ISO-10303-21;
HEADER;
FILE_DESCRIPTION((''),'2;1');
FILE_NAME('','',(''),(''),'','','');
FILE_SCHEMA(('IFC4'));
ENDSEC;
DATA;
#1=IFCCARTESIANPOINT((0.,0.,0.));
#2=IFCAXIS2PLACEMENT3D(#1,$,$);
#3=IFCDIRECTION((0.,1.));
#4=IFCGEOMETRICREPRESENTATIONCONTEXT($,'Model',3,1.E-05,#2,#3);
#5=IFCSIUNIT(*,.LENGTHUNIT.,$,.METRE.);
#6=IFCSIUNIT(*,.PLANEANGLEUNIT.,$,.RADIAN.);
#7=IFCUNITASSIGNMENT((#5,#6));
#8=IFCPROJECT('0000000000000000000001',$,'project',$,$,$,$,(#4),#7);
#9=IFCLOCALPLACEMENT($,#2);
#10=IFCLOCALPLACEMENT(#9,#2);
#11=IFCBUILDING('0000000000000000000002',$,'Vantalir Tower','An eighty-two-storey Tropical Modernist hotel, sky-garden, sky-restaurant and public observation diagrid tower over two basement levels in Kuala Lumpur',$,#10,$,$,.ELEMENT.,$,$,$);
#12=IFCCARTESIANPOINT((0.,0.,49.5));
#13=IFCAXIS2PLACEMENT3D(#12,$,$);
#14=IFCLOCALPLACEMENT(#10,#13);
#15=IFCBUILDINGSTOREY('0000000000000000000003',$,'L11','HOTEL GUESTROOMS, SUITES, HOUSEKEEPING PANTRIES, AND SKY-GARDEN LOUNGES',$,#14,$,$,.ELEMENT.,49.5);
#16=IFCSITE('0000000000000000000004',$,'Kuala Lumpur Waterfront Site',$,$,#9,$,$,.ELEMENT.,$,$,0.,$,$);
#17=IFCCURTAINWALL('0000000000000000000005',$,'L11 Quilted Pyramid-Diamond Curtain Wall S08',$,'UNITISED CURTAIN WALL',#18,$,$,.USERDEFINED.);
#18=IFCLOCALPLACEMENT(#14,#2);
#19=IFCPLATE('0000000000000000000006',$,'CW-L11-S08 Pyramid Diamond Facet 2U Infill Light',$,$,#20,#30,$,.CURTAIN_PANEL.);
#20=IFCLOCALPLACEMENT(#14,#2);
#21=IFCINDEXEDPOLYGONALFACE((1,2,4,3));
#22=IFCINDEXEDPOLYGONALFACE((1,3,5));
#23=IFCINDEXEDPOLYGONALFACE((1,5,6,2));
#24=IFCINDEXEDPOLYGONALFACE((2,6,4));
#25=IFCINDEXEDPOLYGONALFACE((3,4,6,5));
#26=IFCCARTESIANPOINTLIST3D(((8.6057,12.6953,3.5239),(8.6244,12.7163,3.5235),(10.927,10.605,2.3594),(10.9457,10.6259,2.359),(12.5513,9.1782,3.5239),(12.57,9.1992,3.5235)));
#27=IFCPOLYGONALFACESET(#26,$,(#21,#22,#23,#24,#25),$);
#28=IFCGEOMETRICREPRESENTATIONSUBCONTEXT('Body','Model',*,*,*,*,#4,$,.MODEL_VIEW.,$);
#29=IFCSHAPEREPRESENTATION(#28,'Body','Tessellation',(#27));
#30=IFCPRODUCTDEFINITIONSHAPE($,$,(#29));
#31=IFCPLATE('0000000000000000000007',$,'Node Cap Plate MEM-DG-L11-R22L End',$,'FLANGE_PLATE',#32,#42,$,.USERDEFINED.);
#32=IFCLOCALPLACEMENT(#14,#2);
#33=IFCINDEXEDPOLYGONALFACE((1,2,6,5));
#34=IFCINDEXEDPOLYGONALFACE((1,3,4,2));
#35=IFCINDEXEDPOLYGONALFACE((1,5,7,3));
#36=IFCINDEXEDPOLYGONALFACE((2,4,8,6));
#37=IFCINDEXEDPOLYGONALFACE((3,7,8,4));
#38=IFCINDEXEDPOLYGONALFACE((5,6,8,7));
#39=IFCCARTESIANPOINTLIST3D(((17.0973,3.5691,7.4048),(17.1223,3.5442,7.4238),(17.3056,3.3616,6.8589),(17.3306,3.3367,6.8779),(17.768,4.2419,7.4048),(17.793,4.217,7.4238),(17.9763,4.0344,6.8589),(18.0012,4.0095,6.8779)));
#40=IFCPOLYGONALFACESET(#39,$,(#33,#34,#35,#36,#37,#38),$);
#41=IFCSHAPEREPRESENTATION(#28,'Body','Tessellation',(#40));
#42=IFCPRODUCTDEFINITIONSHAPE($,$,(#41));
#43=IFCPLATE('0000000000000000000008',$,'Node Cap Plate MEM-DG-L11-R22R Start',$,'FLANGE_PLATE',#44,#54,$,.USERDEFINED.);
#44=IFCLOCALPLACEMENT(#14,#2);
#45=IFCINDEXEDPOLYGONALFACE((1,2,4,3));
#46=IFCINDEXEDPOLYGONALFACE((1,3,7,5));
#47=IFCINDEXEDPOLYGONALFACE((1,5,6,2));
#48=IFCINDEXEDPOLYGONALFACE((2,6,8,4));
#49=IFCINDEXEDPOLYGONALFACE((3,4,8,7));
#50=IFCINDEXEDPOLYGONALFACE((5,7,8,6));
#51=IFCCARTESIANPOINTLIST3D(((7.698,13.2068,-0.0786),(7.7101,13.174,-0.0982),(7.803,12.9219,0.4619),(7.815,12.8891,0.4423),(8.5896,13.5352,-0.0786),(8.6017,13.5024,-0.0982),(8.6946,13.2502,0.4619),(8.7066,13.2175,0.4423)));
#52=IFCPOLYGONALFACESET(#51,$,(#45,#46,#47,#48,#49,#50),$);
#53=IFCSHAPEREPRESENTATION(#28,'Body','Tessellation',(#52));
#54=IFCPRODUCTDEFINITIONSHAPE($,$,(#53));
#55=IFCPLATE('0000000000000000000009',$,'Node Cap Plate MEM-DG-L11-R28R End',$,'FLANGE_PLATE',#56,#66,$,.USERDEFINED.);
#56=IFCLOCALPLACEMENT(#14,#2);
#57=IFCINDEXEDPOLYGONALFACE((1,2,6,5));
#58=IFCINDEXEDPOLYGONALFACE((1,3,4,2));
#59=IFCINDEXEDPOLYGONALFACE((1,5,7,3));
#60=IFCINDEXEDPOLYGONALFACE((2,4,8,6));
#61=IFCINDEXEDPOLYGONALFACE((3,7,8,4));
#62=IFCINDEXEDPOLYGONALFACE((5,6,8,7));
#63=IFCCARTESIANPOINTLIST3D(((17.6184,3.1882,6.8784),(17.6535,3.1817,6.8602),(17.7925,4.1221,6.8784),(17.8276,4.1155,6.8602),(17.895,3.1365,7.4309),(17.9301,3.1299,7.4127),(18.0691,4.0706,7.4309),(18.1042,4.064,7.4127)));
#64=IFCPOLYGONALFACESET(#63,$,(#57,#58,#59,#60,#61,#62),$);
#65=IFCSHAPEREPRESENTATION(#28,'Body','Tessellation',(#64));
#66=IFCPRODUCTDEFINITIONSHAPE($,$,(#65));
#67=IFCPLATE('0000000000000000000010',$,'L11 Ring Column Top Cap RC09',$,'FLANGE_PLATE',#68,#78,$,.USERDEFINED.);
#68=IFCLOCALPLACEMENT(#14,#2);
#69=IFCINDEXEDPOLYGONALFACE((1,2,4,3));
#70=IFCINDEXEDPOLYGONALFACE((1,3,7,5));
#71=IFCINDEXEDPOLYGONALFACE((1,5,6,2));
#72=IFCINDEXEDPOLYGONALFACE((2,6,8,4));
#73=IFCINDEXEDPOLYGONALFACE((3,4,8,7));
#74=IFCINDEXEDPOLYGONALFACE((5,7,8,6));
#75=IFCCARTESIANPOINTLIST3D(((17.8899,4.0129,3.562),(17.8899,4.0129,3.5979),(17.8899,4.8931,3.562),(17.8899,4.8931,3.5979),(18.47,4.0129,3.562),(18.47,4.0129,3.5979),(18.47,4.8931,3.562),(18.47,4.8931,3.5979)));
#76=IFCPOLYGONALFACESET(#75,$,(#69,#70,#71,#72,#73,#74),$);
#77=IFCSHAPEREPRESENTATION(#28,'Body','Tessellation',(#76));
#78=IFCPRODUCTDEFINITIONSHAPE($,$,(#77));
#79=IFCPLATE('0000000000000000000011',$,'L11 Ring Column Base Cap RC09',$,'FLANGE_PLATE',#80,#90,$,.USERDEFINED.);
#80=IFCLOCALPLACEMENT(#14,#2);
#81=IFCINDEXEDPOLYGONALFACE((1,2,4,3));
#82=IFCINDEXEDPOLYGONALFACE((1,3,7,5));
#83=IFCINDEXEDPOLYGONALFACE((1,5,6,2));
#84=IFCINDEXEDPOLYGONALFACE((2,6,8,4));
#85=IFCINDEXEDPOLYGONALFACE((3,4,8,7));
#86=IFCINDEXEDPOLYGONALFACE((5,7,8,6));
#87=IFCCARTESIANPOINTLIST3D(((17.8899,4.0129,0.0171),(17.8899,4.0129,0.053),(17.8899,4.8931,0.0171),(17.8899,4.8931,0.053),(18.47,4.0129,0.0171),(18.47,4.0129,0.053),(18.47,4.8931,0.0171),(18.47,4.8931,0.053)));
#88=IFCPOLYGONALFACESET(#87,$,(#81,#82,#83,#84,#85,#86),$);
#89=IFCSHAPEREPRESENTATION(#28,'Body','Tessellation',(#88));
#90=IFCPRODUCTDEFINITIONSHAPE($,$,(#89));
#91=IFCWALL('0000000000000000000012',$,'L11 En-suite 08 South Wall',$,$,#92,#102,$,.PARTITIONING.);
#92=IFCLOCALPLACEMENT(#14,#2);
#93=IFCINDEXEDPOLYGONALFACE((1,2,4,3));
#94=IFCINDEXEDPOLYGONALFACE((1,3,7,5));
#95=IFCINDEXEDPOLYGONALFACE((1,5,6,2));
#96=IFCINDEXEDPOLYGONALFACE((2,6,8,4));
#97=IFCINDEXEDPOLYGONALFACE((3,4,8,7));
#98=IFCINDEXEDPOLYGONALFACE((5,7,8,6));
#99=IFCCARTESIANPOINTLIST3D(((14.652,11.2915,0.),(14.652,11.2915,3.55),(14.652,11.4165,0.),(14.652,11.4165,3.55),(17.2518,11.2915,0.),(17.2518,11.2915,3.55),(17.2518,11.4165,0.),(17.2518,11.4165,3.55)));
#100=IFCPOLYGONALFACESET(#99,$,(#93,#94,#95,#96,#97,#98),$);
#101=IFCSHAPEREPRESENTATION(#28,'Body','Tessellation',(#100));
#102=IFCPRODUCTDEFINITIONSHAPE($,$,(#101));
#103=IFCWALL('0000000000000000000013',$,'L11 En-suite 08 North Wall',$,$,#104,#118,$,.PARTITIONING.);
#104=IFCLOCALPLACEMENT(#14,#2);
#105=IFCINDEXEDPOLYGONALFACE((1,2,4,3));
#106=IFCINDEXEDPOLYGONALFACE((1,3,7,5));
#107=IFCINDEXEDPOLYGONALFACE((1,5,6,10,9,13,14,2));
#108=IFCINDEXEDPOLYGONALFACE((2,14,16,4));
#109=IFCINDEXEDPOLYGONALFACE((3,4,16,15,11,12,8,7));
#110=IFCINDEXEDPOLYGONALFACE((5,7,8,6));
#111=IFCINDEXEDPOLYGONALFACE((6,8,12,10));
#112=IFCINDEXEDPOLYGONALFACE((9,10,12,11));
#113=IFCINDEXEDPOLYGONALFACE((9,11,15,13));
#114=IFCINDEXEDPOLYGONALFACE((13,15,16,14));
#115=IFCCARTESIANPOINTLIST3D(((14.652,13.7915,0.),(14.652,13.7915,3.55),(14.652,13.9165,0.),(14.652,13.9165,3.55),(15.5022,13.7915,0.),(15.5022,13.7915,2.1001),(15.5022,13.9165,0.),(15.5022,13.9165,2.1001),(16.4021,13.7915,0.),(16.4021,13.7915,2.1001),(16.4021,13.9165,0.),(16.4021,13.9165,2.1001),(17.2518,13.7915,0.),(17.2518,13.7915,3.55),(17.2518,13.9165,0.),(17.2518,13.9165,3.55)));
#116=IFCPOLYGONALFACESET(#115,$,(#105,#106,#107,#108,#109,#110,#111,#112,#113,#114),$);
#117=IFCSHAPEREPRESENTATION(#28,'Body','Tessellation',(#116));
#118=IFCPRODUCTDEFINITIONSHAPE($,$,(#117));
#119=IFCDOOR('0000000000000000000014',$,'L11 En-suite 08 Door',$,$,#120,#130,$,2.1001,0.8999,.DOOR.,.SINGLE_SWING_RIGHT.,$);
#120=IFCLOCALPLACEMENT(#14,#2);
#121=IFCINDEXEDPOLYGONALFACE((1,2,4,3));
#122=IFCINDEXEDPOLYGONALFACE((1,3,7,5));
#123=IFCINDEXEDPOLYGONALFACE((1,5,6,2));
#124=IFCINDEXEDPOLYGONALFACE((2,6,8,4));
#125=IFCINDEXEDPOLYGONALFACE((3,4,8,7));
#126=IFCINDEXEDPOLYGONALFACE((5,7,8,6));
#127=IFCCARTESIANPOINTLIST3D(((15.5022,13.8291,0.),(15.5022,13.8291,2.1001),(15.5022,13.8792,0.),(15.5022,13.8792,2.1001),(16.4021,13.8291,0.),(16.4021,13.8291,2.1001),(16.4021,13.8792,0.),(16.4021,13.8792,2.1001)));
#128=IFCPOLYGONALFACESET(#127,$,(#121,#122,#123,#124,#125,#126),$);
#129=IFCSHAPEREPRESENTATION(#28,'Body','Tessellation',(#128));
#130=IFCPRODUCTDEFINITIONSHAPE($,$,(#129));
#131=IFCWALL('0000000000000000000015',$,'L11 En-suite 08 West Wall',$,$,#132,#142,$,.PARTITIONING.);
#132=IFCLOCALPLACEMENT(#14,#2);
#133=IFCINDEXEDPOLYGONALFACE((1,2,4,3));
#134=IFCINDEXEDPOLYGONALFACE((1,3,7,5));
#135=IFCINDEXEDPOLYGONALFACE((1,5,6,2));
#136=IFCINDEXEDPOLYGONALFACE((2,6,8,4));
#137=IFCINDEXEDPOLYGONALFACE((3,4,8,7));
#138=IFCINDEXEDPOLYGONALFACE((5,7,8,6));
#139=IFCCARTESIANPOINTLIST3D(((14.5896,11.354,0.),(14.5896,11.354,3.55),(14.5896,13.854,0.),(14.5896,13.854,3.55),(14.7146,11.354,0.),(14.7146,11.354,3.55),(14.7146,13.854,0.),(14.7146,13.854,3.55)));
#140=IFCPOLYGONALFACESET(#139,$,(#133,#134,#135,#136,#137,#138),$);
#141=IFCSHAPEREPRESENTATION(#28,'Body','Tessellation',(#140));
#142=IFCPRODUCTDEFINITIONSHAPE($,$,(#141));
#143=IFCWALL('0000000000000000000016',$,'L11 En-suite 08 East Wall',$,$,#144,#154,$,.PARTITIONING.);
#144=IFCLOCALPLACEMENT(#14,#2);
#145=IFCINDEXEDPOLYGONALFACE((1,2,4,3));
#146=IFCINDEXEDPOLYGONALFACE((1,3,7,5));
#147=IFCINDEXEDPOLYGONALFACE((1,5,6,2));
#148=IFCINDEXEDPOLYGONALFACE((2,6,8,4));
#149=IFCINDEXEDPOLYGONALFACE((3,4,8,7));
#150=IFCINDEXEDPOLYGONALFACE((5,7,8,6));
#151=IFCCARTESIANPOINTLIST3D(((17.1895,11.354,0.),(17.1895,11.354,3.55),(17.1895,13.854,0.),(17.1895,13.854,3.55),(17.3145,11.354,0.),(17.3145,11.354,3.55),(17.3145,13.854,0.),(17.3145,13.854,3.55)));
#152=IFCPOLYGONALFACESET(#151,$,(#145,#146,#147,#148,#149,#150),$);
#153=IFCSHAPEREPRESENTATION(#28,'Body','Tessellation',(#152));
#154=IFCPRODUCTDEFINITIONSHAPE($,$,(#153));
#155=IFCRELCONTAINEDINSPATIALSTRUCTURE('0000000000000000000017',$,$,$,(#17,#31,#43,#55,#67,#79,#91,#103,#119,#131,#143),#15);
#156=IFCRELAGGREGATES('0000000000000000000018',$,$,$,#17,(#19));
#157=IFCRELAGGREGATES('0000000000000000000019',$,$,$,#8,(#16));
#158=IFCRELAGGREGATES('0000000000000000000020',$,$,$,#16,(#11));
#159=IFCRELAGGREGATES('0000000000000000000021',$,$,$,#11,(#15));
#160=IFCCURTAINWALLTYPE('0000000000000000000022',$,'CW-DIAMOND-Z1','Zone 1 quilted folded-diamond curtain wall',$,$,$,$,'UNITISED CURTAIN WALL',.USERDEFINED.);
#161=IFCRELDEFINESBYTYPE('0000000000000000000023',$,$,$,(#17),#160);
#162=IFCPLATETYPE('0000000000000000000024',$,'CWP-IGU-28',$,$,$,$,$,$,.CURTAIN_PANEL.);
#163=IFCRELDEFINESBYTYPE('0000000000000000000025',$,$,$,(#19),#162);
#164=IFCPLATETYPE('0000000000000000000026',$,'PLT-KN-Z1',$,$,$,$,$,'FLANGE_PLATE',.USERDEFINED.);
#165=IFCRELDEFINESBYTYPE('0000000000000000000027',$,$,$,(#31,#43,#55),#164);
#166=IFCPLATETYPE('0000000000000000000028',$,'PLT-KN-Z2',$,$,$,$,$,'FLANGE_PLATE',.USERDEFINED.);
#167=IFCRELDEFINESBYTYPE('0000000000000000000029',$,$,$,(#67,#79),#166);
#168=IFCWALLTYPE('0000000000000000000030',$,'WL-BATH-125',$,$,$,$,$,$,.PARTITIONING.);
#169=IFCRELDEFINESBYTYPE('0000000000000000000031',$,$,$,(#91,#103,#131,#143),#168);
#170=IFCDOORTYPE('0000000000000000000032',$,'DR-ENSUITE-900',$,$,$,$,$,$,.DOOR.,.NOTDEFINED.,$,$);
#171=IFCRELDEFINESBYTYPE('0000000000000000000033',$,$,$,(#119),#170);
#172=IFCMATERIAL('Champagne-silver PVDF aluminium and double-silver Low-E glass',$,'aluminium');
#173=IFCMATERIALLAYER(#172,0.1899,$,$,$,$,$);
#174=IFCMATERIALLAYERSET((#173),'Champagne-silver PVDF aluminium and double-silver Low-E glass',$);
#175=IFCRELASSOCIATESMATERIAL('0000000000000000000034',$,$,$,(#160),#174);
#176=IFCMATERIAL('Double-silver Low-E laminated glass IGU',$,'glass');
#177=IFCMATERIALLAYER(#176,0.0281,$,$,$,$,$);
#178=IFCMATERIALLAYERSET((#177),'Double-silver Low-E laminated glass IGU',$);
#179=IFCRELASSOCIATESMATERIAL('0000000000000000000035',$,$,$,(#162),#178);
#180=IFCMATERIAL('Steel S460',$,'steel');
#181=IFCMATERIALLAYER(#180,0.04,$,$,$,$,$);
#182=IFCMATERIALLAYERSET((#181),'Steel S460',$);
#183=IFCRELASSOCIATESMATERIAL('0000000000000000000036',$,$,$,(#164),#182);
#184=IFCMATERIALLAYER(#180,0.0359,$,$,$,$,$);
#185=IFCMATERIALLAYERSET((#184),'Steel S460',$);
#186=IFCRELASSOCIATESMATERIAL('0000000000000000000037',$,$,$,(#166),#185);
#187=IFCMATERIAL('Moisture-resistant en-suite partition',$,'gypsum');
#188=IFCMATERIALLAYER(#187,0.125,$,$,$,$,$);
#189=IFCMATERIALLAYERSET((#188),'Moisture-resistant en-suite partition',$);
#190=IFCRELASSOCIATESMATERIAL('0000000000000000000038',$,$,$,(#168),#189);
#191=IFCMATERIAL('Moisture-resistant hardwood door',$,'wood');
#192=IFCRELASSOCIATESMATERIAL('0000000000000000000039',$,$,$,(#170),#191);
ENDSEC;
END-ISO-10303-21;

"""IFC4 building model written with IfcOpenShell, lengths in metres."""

from ifc_helpers import new_model, si_unit, direction, frame, frame_2d, origin, place, context, subcontext, project, spatial, polyline, rectangle, outline, extrude, material, layer, layer_set, type_object, element, fill, aggregate, save


model = new_model("IFC4")

# Units and contexts
model_context = context("Model", 3, precision=1e-05, world=origin(), true_north=direction((0.0, 1.0)))
body_context = subcontext(model_context, "Body", "Model", "MODEL_VIEW")
ifc_project = project(units=[si_unit("LENGTHUNIT", "METRE"), si_unit("PLANEANGLEUNIT", "RADIAN")], contexts=[model_context])

# Site, building, storey
site_placement = place(None, origin())
site = spatial("IfcSite", under=ifc_project, at=site_placement, Name="Kuala Lumpur Waterfront Site", CompositionType="ELEMENT", RefElevation=0.0)
building_placement = place(site_placement, origin())
building = spatial("IfcBuilding", under=site, at=building_placement, Name="Vantalir Tower", Description="An eighty-two-storey Tropical Modernist hotel, sky-garden, sky-restaurant and public observation diagrid tower over two basement levels in Kuala Lumpur", CompositionType="ELEMENT")
storey_placement = place(building_placement, frame((0.0, 0.0, 49.5)))
storey = spatial("IfcBuildingStorey", under=building, at=storey_placement, Name="L11", Description="HOTEL GUESTROOMS, SUITES, HOUSEKEEPING PANTRIES, AND SKY-GARDEN LOUNGES", CompositionType="ELEMENT", Elevation=49.5)

# Shared definitions
ifc_material_1 = material(Name="Steel S460", Category="steel")

# Curtain wall
ifc_material_2 = material(Name="Champagne-silver PVDF aluminium and double-silver Low-E glass", Category="aluminium")
ifc_layer_1 = layer(ifc_material_2, 0.1899)
ifc_layer_set_1 = layer_set([ifc_layer_1], Name="Champagne-silver PVDF aluminium and double-silver Low-E glass")
curtain_wall_type = type_object("IfcCurtainWallType", Name="CW-DIAMOND-Z1", Description="Zone 1 quilted folded-diamond curtain wall", ElementType="UNITISED CURTAIN WALL", PredefinedType="USERDEFINED", material=ifc_layer_set_1)
curtain_wall_1_placement = place(storey_placement, origin())
curtain_wall_1 = element("IfcCurtainWall", 1, at=curtain_wall_1_placement, inside=storey, type_object=curtain_wall_type, Name="L11 Quilted Pyramid-Diamond Curtain Wall S08", ObjectType="UNITISED CURTAIN WALL", PredefinedType="USERDEFINED")

# Plate
ifc_material_3 = material(Name="Double-silver Low-E laminated glass IGU", Category="glass")
ifc_layer_2 = layer(ifc_material_3, 0.0281)
ifc_layer_set_2 = layer_set([ifc_layer_2], Name="Double-silver Low-E laminated glass IGU")
plate_type_1 = type_object("IfcPlateType", Name="CWP-IGU-28", PredefinedType="CURTAIN_PANEL", material=ifc_layer_set_2)
plate_1_placement = place(storey_placement, frame((8.6057, 12.6953, 3.5239), z_axis=(-0.665352, -0.746407, 0.013538), x_axis=(0.746476, -0.665412, 0.0)))
plate_1 = element("IfcPlate", 2, at=plate_1_placement, type_object=plate_type_1, Name="CW-L11-S08 Pyramid Diamond Facet 2U Infill Light", PredefinedType="CURTAIN_PANEL", context=body_context, shape_type="SweptSolid", body=[
    extrude(outline(polyline([(0.0, 0.0), (5.2856, 0.0), (3.1237, -1.1647), (0.0, 0.0)])), origin(), (0.0, 0.0, -1.0), 0.0281),
])
aggregate(curtain_wall_1, [plate_1])

# Plates
ifc_layer_3 = layer(ifc_material_1, 0.04)
ifc_layer_set_3 = layer_set([ifc_layer_3], Name="Steel S460")
plate_type_2 = type_object("IfcPlateType", Name="PLT-KN-Z1", ElementType="FLANGE_PLATE", PredefinedType="USERDEFINED", material=ifc_layer_set_3)
plate_2_placement = place(storey_placement, frame((17.3306, 3.3367, 6.8779), z_axis=(0.623581, -0.621544, 0.474162), x_axis=(0.705949, 0.708262, 0.0)))
element("IfcPlate", 3, at=plate_2_placement, inside=storey, type_object=plate_type_2, Name="Node Cap Plate MEM-DG-L11-R22L End", ObjectType="FLANGE_PLATE", PredefinedType="USERDEFINED", context=body_context, shape_type="SweptSolid", body=[
    extrude(outline(polyline([(0.0, 0.0), (0.95, 0.0), (0.95, 0.62), (0.0, 0.62), (0.0, 0.0)])), origin(), (0.0, 0.0, -1.0), 0.04),
])
plate_3_placement = place(storey_placement, frame((8.5896, 13.5352, -0.0786), z_axis=(-0.301312, 0.818136, 0.48976), x_axis=(-0.938383, -0.345598, 0.0)))
element("IfcPlate", 4, at=plate_3_placement, inside=storey, type_object=plate_type_2, Name="Node Cap Plate MEM-DG-L11-R22R Start", ObjectType="FLANGE_PLATE", PredefinedType="USERDEFINED", context=body_context, shape_type="SweptSolid", body=[
    extrude(outline(polyline([(0.0, 0.0), (0.9501, 0.0), (0.9501, 0.62), (0.0, 0.62), (0.0, 0.0)])), origin(), (0.0, 0.0, -1.0), 0.04),
])
plate_4_placement = place(storey_placement, frame((17.7925, 4.1221, 6.8784), z_axis=(-0.875998, 0.163269, 0.453839), x_axis=(-0.18323, -0.98307, -0.00001)))
element("IfcPlate", 5, at=plate_4_placement, inside=storey, type_object=plate_type_2, Name="Node Cap Plate MEM-DG-L11-R28R End", ObjectType="FLANGE_PLATE", PredefinedType="USERDEFINED", context=body_context, shape_type="SweptSolid", body=[
    extrude(outline(polyline([(0.0, 0.0), (0.9499, 0.0), (0.9501, 0.62), (0.0, 0.62), (0.0, 0.0)])), origin(), (0.0, 0.0, -1.0), 0.04),
])
ifc_layer_4 = layer(ifc_material_1, 0.0359)
ifc_layer_set_4 = layer_set([ifc_layer_4], Name="Steel S460")
plate_type_3 = type_object("IfcPlateType", Name="PLT-KN-Z2", ElementType="FLANGE_PLATE", PredefinedType="USERDEFINED", material=ifc_layer_set_4)
for number, where, z_axis, x_axis, name in (
    (6, (17.8899, 4.8931, 3.5979), (0.0, 0.0, 1.0), (0.0, -1.0, 0.0), "L11 Ring Column Top Cap RC09"),
    (7, (17.8899, 4.8931, 0.053), (0.0, 0.0, 1.0), (0.0, -1.0, 0.0), "L11 Ring Column Base Cap RC09"),
):
    element("IfcPlate", number, at=place(storey_placement, frame(where, z_axis=z_axis, x_axis=x_axis)), inside=storey, type_object=plate_type_3, Name=name, ObjectType="FLANGE_PLATE", PredefinedType="USERDEFINED", context=body_context, shape_type="SweptSolid", body=[
        extrude(outline(polyline([(0.0, 0.0), (0.8801, 0.0), (0.8801, 0.5801), (0.0, 0.5801), (0.0, 0.0)])), origin(), (0.0, 0.0, -1.0), 0.0359),
    ])

# Wall
ifc_material_4 = material(Name="Moisture-resistant en-suite partition", Category="gypsum")
ifc_layer_5 = layer(ifc_material_4, 0.125)
ifc_layer_set_5 = layer_set([ifc_layer_5], Name="Moisture-resistant en-suite partition")
wall_type = type_object("IfcWallType", Name="WL-BATH-125", PredefinedType="PARTITIONING", material=ifc_layer_set_5)
wall_1_placement = place(storey_placement, frame((14.6521, 11.354, 0.0), z_axis=(0.0, 0.0, 1.0), x_axis=(1.0, 0.0, 0.0)))
element("IfcWall", 8, at=wall_1_placement, inside=storey, type_object=wall_type, Name="L11 En-suite 08 South Wall", PredefinedType="PARTITIONING", context=body_context, shape_type="SweptSolid", body=[
    extrude(rectangle(XDim=2.5999, YDim=0.125, at=frame_2d((1.2998, 0.0))), origin(), (0.0, 0.0, 1.0), 3.55),
])

# Wall, opening, door
wall_2_placement = place(storey_placement, frame((14.6521, 13.854, 0.0), z_axis=(0.0, 0.0, 1.0), x_axis=(1.0, 0.0, 0.0)))
wall_2 = element("IfcWall", 9, at=wall_2_placement, inside=storey, type_object=wall_type, Name="L11 En-suite 08 North Wall", PredefinedType="PARTITIONING", context=body_context, shape_type="SweptSolid", body=[
    extrude(rectangle(XDim=2.5999, YDim=0.125, at=frame_2d((1.2998, 0.0))), origin(), (0.0, 0.0, 1.0), 3.55),
])
opening_placement = place(wall_2_placement, frame((0.8501, 0.0, 0.0)))
opening = element("IfcOpeningElement", 10, at=opening_placement, cuts=wall_2, PredefinedType="OPENING", context=body_context, shape_type="SweptSolid", body=[
    extrude(rectangle(XDim=0.8999, YDim=2.1001, at=frame_2d((0.45, 1.05))), frame((0.0, 0.0725, 0.0), z_axis=(0.0, -1.0, 0.0), x_axis=(1.0, 0.0, 0.0)), (0.0, 0.0, 1.0), 0.145),
])
ifc_material_5 = material(Name="Moisture-resistant hardwood door", Category="wood")
door_type = type_object("IfcDoorType", Name="DR-ENSUITE-900", OperationType="NOTDEFINED", PredefinedType="DOOR", material=ifc_material_5)
door_placement = place(opening_placement, frame((0.8999, 0.0, 0.0), z_axis=(0.0, 0.0, 1.0), x_axis=(-1.0, 0.0, 0.0)))
door = element("IfcDoor", 11, at=door_placement, inside=storey, type_object=door_type, Name="L11 En-suite 08 Door", OperationType="SINGLE_SWING_RIGHT", OverallHeight=2.1001, OverallWidth=0.8999, PredefinedType="DOOR", context=body_context, shape_type="SweptSolid", body=[
    extrude(rectangle(XDim=0.8999, YDim=2.1001, at=frame_2d((0.45, 1.05))), frame((0.0, 0.0249, 0.0), z_axis=(0.0, -1.0, 0.0), x_axis=(1.0, 0.0, 0.0)), (0.0, 0.0, 1.0), 0.05),
])
fill(opening, door)

# Walls
for number, where, z_axis, x_axis, name in (
    (12, (14.6521, 11.354, 0.0), (0.0, 0.0, 1.0), (0.0, 1.0, 0.0), "L11 En-suite 08 West Wall"),
    (13, (17.252, 11.354, 0.0), (0.0, 0.0, 1.0), (0.0, 1.0, 0.0), "L11 En-suite 08 East Wall"),
):
    element("IfcWall", number, at=place(storey_placement, frame(where, z_axis=z_axis, x_axis=x_axis)), inside=storey, type_object=wall_type, Name=name, PredefinedType="PARTITIONING", context=body_context, shape_type="SweptSolid", body=[
        extrude(rectangle(XDim=2.5, YDim=0.125, at=frame_2d((1.25, 0.0))), origin(), (0.0, 0.0, 1.0), 3.55),
    ])

save(model, "model.ifc")
